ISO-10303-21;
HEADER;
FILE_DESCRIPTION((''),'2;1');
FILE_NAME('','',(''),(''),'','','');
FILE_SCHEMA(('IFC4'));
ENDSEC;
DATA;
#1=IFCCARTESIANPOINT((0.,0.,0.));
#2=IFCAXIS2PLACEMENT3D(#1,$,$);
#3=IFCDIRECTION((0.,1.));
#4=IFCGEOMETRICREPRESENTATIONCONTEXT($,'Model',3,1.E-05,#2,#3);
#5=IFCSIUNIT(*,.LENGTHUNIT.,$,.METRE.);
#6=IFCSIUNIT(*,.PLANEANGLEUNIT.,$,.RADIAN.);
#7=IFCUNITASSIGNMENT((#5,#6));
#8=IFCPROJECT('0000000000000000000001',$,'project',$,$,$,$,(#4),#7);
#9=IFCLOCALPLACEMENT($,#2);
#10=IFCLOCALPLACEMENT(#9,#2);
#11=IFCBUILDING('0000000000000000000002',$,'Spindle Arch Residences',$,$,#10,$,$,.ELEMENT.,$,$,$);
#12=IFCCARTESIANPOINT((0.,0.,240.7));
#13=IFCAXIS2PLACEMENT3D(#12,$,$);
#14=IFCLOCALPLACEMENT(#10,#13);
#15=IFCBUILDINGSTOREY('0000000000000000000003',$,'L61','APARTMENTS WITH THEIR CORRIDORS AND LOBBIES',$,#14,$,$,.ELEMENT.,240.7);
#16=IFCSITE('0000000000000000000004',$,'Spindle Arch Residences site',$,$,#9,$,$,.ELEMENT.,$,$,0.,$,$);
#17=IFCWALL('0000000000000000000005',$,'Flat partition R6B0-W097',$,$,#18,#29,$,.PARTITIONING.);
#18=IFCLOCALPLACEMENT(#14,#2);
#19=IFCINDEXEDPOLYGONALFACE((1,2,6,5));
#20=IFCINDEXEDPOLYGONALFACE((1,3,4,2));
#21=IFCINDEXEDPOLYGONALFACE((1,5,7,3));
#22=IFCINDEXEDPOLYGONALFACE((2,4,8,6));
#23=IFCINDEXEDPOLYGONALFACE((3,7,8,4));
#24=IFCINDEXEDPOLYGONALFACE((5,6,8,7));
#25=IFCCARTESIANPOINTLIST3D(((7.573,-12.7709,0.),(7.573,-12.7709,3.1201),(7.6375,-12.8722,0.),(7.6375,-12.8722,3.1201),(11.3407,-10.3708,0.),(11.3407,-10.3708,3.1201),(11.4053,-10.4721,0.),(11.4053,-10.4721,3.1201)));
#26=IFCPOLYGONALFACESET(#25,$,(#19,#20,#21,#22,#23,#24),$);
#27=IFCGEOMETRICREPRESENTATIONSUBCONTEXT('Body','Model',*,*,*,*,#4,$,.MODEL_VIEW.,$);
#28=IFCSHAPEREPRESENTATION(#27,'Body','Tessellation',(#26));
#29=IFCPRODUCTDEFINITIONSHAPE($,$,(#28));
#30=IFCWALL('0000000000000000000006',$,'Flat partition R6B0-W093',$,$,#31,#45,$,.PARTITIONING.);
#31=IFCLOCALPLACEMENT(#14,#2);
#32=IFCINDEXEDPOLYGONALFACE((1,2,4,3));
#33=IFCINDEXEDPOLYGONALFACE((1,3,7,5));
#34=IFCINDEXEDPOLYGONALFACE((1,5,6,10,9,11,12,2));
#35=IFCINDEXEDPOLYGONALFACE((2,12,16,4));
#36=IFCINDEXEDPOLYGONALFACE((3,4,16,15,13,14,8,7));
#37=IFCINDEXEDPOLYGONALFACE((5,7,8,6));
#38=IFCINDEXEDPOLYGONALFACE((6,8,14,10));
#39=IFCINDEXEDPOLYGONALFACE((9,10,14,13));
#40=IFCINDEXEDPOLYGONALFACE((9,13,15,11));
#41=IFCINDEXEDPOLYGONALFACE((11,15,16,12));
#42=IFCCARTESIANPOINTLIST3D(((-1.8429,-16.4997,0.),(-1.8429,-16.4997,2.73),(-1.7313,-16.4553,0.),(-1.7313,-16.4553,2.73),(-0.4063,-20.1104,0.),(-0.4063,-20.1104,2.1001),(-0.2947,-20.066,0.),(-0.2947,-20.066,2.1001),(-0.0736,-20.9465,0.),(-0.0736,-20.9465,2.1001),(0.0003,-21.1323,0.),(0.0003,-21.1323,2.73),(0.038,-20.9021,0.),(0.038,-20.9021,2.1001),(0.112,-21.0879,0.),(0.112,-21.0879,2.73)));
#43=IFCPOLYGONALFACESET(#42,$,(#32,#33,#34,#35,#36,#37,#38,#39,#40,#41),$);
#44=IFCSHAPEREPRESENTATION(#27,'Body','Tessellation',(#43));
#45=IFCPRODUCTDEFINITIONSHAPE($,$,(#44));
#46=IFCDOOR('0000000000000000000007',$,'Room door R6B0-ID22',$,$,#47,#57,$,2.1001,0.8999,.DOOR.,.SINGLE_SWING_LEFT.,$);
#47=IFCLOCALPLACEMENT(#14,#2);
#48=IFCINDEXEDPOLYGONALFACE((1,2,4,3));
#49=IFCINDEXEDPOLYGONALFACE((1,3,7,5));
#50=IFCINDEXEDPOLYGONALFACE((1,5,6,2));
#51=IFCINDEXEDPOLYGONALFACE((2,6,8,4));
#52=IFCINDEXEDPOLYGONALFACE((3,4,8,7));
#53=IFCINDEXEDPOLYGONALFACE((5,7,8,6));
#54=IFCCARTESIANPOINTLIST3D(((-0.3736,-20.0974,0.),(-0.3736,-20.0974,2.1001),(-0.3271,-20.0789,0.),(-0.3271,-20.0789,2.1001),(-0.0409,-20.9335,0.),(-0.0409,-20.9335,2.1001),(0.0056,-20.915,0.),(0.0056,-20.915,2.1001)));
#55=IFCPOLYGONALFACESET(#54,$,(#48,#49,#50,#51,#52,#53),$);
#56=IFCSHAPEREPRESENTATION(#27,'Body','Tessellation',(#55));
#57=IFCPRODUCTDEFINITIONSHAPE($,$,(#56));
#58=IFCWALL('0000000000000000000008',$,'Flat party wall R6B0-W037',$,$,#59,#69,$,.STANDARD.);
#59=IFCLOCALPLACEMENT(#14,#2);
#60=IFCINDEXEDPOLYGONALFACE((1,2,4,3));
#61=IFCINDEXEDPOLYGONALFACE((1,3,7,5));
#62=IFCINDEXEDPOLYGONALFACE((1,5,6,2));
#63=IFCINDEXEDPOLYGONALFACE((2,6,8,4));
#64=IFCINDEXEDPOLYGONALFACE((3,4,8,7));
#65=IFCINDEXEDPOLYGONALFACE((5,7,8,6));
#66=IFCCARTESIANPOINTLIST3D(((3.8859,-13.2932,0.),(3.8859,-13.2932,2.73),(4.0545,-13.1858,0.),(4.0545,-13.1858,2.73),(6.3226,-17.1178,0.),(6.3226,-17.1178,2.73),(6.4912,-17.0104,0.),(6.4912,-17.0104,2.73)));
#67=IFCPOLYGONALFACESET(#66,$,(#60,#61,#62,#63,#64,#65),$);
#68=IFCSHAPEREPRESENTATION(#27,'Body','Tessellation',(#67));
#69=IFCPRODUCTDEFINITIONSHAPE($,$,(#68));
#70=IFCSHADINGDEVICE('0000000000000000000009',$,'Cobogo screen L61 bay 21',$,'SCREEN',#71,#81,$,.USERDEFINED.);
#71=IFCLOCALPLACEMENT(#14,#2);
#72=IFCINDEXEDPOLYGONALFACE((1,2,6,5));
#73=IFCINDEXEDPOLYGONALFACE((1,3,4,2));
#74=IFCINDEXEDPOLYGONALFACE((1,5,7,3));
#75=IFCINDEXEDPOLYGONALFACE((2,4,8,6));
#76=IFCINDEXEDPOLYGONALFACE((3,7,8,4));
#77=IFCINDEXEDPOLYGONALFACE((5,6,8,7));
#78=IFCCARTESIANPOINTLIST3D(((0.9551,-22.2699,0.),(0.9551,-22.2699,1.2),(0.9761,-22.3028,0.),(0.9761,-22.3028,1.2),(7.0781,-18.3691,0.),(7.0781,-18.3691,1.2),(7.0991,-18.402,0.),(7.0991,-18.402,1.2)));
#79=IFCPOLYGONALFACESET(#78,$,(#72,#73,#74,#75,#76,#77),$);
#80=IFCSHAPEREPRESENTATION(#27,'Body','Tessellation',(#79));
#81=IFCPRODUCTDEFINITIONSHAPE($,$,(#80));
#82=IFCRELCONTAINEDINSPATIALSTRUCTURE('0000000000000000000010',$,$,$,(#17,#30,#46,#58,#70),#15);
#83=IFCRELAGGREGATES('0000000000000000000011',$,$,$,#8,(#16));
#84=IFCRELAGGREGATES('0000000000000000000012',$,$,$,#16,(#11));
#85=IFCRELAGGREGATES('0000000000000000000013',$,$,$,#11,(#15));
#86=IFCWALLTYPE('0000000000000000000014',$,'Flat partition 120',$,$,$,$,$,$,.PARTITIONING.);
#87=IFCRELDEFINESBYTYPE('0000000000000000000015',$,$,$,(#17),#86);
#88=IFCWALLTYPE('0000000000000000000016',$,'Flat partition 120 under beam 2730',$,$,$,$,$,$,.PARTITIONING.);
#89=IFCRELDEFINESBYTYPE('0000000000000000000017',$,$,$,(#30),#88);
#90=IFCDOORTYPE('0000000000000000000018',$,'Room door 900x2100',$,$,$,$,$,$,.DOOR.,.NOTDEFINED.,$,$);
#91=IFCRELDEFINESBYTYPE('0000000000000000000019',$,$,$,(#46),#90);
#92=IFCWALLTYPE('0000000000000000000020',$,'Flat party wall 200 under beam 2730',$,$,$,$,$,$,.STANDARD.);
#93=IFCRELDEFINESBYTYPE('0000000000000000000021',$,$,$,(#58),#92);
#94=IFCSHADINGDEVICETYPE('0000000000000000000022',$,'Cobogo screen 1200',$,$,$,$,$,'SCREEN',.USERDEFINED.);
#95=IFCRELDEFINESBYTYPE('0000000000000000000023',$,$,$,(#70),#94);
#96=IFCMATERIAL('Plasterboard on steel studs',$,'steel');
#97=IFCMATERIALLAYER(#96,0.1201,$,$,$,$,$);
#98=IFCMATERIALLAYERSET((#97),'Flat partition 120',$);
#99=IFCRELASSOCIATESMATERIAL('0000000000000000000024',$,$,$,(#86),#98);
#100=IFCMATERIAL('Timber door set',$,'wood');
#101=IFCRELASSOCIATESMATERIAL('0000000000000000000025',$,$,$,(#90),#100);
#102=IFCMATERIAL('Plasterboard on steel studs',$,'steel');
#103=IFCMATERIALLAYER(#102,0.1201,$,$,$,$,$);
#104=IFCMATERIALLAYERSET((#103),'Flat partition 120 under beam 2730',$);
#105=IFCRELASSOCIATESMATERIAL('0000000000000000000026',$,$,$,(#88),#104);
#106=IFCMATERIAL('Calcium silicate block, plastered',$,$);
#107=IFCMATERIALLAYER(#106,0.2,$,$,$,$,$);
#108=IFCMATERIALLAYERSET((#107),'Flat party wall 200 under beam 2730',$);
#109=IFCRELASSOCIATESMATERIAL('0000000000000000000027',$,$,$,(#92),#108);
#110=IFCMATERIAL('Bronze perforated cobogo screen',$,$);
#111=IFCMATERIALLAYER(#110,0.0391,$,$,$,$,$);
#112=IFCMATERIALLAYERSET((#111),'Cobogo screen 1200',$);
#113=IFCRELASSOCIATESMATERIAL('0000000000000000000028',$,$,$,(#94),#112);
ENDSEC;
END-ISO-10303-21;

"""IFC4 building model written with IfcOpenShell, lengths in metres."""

from ifc_helpers import new_model, si_unit, direction, frame, frame_2d, origin, origin_2d, place, context, subcontext, project, spatial, rectangle, extrude, material, layer, layer_set, type_object, element, fill, save


model = new_model("IFC4")

# Units and contexts
model_context = context("Model", 3, precision=1e-05, world=origin(), true_north=direction((0.0, 1.0)))
body_context = subcontext(model_context, "Body", "Model", "MODEL_VIEW")
ifc_project = project(units=[si_unit("LENGTHUNIT", "METRE"), si_unit("PLANEANGLEUNIT", "RADIAN")], contexts=[model_context])

# Site, building, storey
site_placement = place(None, origin())
site = spatial("IfcSite", under=ifc_project, at=site_placement, Name="Spindle Arch Residences site", CompositionType="ELEMENT", RefElevation=0.0)
building_placement = place(site_placement, origin())
building = spatial("IfcBuilding", under=site, at=building_placement, Name="Spindle Arch Residences", CompositionType="ELEMENT")
storey_placement = place(building_placement, frame((0.0, 0.0, 240.7)))
storey = spatial("IfcBuildingStorey", under=building, at=storey_placement, Name="L61", Description="APARTMENTS WITH THEIR CORRIDORS AND LOBBIES", CompositionType="ELEMENT", Elevation=240.7)

# Shared definitions
ifc_material_1 = material(Name="Plasterboard on steel studs", Category="steel")
ifc_layer_1 = layer(ifc_material_1, 0.1201)
ifc_layer_set_1 = layer_set([ifc_layer_1], Name="Flat partition 120")
wall_type_1 = type_object("IfcWallType", Name="Flat partition 120", PredefinedType="PARTITIONING", material=ifc_layer_set_1)
ifc_material_2 = material(Name="Timber door set", Category="wood")
door_type_1 = type_object("IfcDoorType", Name="Room door 900x2100", OperationType="NOTDEFINED", PredefinedType="DOOR", material=ifc_material_2)

# Wall
wall_1_placement = place(storey_placement, frame((7.6052, -12.8215, 0.0), z_axis=(0.0, 0.0, 1.0), x_axis=(0.843414, 0.537264, 0.0)))
element("IfcWall", 1, at=wall_1_placement, inside=storey, type_object=wall_type_1, Name="Flat partition R6B0-W097", PredefinedType="PARTITIONING", context=body_context, shape_type="SweptSolid", body=[
    extrude(rectangle(XDim=4.4673, YDim=0.1201, at=frame_2d((2.2336, 0.0))), origin(), (0.0, 0.0, 1.0), 3.1201),
])

# Wall, opening, door
ifc_material_3 = material(Name="Plasterboard on steel studs", Category="steel")
ifc_layer_2 = layer(ifc_material_3, 0.1201)
ifc_layer_set_2 = layer_set([ifc_layer_2], Name="Flat partition 120 under beam 2730")
wall_type_2 = type_object("IfcWallType", Name="Flat partition 120 under beam 2730", PredefinedType="PARTITIONING", material=ifc_layer_set_2)
wall_2_placement = place(storey_placement, frame((0.0562, -21.1101, 0.0), z_axis=(0.0, 0.0, 1.0), x_axis=(-0.369702, 0.929151, 0.0)))
wall_2 = element("IfcWall", 2, at=wall_2_placement, inside=storey, type_object=wall_type_2, Name="Flat partition R6B0-W093", PredefinedType="PARTITIONING", context=body_context, shape_type="SweptSolid", body=[
    extrude(rectangle(XDim=4.9858, YDim=0.1201, at=frame_2d((2.4929, 0.0))), origin(), (0.0, 0.0, 1.0), 2.73),
])
opening_1_placement = place(wall_2_placement, frame((0.2, 0.0, 0.0)))
opening_1 = element("IfcOpeningElement", 3, at=opening_1_placement, cuts=wall_2, PredefinedType="OPENING", context=body_context, shape_type="SweptSolid", body=[
    extrude(rectangle(XDim=0.8999, YDim=2.1001, at=frame_2d((0.45, 1.05))), frame((0.0, 0.0701, 0.0), z_axis=(0.0, -1.0, 0.0), x_axis=(1.0, 0.0, 0.0)), (0.0, 0.0, 1.0), 0.1401),
])
door_1_placement = place(opening_1_placement, origin())
door_1 = element("IfcDoor", 4, at=door_1_placement, inside=storey, type_object=door_type_1, Name="Room door R6B0-ID22", OperationType="SINGLE_SWING_LEFT", OverallHeight=2.1001, OverallWidth=0.8999, PredefinedType="DOOR", context=body_context, shape_type="SweptSolid", body=[
    extrude(rectangle(XDim=0.8999, YDim=2.1001, at=frame_2d((0.45, 1.05))), frame((0.0, 0.0249, 0.0), z_axis=(0.0, -1.0, 0.0), x_axis=(1.0, 0.0, 0.0)), (0.0, 0.0, 1.0), 0.05),
])
fill(opening_1, door_1)

# Wall
ifc_material_4 = material(Name="Calcium silicate block, plastered")
ifc_layer_3 = layer(ifc_material_4, 0.2)
ifc_layer_set_3 = layer_set([ifc_layer_3], Name="Flat party wall 200 under beam 2730")
wall_type_3 = type_object("IfcWallType", Name="Flat party wall 200 under beam 2730", PredefinedType="STANDARD", material=ifc_layer_set_3)
wall_3_placement = place(storey_placement, frame((6.407, -17.0642, 0.0), z_axis=(0.0, 0.0, 1.0), x_axis=(-0.537325, 0.843375, 0.0)))
element("IfcWall", 5, at=wall_3_placement, inside=storey, type_object=wall_type_3, Name="Flat party wall R6B0-W037", PredefinedType="STANDARD", context=body_context, shape_type="SweptSolid", body=[
    extrude(rectangle(XDim=4.5349, YDim=0.2, at=frame_2d((2.2676, 0.0))), origin(), (0.0, 0.0, 1.0), 2.73),
])

# Shading device
ifc_material_5 = material(Name="Bronze perforated cobogo screen")
ifc_layer_4 = layer(ifc_material_5, 0.0391)
ifc_layer_set_4 = layer_set([ifc_layer_4], Name="Cobogo screen 1200")
shading_device_type = type_object("IfcShadingDeviceType", Name="Cobogo screen 1200", ElementType="SCREEN", PredefinedType="USERDEFINED", material=ifc_layer_set_4)
shading_device_placement = place(storey_placement, frame((4.0271, -20.3359, 0.0), z_axis=(0.0, 0.0, 1.0), x_axis=(0.843391, 0.5373, 0.0)))
element("IfcShadingDevice", 6, at=shading_device_placement, inside=storey, type_object=shading_device_type, Name="Cobogo screen L61 bay 21", ObjectType="SCREEN", PredefinedType="USERDEFINED", context=body_context, shape_type="SweptSolid", body=[
    extrude(rectangle(XDim=7.26, YDim=0.0391, at=origin_2d()), origin(), (0.0, 0.0, 1.0), 1.2),
])

save(model, "model.ifc")
